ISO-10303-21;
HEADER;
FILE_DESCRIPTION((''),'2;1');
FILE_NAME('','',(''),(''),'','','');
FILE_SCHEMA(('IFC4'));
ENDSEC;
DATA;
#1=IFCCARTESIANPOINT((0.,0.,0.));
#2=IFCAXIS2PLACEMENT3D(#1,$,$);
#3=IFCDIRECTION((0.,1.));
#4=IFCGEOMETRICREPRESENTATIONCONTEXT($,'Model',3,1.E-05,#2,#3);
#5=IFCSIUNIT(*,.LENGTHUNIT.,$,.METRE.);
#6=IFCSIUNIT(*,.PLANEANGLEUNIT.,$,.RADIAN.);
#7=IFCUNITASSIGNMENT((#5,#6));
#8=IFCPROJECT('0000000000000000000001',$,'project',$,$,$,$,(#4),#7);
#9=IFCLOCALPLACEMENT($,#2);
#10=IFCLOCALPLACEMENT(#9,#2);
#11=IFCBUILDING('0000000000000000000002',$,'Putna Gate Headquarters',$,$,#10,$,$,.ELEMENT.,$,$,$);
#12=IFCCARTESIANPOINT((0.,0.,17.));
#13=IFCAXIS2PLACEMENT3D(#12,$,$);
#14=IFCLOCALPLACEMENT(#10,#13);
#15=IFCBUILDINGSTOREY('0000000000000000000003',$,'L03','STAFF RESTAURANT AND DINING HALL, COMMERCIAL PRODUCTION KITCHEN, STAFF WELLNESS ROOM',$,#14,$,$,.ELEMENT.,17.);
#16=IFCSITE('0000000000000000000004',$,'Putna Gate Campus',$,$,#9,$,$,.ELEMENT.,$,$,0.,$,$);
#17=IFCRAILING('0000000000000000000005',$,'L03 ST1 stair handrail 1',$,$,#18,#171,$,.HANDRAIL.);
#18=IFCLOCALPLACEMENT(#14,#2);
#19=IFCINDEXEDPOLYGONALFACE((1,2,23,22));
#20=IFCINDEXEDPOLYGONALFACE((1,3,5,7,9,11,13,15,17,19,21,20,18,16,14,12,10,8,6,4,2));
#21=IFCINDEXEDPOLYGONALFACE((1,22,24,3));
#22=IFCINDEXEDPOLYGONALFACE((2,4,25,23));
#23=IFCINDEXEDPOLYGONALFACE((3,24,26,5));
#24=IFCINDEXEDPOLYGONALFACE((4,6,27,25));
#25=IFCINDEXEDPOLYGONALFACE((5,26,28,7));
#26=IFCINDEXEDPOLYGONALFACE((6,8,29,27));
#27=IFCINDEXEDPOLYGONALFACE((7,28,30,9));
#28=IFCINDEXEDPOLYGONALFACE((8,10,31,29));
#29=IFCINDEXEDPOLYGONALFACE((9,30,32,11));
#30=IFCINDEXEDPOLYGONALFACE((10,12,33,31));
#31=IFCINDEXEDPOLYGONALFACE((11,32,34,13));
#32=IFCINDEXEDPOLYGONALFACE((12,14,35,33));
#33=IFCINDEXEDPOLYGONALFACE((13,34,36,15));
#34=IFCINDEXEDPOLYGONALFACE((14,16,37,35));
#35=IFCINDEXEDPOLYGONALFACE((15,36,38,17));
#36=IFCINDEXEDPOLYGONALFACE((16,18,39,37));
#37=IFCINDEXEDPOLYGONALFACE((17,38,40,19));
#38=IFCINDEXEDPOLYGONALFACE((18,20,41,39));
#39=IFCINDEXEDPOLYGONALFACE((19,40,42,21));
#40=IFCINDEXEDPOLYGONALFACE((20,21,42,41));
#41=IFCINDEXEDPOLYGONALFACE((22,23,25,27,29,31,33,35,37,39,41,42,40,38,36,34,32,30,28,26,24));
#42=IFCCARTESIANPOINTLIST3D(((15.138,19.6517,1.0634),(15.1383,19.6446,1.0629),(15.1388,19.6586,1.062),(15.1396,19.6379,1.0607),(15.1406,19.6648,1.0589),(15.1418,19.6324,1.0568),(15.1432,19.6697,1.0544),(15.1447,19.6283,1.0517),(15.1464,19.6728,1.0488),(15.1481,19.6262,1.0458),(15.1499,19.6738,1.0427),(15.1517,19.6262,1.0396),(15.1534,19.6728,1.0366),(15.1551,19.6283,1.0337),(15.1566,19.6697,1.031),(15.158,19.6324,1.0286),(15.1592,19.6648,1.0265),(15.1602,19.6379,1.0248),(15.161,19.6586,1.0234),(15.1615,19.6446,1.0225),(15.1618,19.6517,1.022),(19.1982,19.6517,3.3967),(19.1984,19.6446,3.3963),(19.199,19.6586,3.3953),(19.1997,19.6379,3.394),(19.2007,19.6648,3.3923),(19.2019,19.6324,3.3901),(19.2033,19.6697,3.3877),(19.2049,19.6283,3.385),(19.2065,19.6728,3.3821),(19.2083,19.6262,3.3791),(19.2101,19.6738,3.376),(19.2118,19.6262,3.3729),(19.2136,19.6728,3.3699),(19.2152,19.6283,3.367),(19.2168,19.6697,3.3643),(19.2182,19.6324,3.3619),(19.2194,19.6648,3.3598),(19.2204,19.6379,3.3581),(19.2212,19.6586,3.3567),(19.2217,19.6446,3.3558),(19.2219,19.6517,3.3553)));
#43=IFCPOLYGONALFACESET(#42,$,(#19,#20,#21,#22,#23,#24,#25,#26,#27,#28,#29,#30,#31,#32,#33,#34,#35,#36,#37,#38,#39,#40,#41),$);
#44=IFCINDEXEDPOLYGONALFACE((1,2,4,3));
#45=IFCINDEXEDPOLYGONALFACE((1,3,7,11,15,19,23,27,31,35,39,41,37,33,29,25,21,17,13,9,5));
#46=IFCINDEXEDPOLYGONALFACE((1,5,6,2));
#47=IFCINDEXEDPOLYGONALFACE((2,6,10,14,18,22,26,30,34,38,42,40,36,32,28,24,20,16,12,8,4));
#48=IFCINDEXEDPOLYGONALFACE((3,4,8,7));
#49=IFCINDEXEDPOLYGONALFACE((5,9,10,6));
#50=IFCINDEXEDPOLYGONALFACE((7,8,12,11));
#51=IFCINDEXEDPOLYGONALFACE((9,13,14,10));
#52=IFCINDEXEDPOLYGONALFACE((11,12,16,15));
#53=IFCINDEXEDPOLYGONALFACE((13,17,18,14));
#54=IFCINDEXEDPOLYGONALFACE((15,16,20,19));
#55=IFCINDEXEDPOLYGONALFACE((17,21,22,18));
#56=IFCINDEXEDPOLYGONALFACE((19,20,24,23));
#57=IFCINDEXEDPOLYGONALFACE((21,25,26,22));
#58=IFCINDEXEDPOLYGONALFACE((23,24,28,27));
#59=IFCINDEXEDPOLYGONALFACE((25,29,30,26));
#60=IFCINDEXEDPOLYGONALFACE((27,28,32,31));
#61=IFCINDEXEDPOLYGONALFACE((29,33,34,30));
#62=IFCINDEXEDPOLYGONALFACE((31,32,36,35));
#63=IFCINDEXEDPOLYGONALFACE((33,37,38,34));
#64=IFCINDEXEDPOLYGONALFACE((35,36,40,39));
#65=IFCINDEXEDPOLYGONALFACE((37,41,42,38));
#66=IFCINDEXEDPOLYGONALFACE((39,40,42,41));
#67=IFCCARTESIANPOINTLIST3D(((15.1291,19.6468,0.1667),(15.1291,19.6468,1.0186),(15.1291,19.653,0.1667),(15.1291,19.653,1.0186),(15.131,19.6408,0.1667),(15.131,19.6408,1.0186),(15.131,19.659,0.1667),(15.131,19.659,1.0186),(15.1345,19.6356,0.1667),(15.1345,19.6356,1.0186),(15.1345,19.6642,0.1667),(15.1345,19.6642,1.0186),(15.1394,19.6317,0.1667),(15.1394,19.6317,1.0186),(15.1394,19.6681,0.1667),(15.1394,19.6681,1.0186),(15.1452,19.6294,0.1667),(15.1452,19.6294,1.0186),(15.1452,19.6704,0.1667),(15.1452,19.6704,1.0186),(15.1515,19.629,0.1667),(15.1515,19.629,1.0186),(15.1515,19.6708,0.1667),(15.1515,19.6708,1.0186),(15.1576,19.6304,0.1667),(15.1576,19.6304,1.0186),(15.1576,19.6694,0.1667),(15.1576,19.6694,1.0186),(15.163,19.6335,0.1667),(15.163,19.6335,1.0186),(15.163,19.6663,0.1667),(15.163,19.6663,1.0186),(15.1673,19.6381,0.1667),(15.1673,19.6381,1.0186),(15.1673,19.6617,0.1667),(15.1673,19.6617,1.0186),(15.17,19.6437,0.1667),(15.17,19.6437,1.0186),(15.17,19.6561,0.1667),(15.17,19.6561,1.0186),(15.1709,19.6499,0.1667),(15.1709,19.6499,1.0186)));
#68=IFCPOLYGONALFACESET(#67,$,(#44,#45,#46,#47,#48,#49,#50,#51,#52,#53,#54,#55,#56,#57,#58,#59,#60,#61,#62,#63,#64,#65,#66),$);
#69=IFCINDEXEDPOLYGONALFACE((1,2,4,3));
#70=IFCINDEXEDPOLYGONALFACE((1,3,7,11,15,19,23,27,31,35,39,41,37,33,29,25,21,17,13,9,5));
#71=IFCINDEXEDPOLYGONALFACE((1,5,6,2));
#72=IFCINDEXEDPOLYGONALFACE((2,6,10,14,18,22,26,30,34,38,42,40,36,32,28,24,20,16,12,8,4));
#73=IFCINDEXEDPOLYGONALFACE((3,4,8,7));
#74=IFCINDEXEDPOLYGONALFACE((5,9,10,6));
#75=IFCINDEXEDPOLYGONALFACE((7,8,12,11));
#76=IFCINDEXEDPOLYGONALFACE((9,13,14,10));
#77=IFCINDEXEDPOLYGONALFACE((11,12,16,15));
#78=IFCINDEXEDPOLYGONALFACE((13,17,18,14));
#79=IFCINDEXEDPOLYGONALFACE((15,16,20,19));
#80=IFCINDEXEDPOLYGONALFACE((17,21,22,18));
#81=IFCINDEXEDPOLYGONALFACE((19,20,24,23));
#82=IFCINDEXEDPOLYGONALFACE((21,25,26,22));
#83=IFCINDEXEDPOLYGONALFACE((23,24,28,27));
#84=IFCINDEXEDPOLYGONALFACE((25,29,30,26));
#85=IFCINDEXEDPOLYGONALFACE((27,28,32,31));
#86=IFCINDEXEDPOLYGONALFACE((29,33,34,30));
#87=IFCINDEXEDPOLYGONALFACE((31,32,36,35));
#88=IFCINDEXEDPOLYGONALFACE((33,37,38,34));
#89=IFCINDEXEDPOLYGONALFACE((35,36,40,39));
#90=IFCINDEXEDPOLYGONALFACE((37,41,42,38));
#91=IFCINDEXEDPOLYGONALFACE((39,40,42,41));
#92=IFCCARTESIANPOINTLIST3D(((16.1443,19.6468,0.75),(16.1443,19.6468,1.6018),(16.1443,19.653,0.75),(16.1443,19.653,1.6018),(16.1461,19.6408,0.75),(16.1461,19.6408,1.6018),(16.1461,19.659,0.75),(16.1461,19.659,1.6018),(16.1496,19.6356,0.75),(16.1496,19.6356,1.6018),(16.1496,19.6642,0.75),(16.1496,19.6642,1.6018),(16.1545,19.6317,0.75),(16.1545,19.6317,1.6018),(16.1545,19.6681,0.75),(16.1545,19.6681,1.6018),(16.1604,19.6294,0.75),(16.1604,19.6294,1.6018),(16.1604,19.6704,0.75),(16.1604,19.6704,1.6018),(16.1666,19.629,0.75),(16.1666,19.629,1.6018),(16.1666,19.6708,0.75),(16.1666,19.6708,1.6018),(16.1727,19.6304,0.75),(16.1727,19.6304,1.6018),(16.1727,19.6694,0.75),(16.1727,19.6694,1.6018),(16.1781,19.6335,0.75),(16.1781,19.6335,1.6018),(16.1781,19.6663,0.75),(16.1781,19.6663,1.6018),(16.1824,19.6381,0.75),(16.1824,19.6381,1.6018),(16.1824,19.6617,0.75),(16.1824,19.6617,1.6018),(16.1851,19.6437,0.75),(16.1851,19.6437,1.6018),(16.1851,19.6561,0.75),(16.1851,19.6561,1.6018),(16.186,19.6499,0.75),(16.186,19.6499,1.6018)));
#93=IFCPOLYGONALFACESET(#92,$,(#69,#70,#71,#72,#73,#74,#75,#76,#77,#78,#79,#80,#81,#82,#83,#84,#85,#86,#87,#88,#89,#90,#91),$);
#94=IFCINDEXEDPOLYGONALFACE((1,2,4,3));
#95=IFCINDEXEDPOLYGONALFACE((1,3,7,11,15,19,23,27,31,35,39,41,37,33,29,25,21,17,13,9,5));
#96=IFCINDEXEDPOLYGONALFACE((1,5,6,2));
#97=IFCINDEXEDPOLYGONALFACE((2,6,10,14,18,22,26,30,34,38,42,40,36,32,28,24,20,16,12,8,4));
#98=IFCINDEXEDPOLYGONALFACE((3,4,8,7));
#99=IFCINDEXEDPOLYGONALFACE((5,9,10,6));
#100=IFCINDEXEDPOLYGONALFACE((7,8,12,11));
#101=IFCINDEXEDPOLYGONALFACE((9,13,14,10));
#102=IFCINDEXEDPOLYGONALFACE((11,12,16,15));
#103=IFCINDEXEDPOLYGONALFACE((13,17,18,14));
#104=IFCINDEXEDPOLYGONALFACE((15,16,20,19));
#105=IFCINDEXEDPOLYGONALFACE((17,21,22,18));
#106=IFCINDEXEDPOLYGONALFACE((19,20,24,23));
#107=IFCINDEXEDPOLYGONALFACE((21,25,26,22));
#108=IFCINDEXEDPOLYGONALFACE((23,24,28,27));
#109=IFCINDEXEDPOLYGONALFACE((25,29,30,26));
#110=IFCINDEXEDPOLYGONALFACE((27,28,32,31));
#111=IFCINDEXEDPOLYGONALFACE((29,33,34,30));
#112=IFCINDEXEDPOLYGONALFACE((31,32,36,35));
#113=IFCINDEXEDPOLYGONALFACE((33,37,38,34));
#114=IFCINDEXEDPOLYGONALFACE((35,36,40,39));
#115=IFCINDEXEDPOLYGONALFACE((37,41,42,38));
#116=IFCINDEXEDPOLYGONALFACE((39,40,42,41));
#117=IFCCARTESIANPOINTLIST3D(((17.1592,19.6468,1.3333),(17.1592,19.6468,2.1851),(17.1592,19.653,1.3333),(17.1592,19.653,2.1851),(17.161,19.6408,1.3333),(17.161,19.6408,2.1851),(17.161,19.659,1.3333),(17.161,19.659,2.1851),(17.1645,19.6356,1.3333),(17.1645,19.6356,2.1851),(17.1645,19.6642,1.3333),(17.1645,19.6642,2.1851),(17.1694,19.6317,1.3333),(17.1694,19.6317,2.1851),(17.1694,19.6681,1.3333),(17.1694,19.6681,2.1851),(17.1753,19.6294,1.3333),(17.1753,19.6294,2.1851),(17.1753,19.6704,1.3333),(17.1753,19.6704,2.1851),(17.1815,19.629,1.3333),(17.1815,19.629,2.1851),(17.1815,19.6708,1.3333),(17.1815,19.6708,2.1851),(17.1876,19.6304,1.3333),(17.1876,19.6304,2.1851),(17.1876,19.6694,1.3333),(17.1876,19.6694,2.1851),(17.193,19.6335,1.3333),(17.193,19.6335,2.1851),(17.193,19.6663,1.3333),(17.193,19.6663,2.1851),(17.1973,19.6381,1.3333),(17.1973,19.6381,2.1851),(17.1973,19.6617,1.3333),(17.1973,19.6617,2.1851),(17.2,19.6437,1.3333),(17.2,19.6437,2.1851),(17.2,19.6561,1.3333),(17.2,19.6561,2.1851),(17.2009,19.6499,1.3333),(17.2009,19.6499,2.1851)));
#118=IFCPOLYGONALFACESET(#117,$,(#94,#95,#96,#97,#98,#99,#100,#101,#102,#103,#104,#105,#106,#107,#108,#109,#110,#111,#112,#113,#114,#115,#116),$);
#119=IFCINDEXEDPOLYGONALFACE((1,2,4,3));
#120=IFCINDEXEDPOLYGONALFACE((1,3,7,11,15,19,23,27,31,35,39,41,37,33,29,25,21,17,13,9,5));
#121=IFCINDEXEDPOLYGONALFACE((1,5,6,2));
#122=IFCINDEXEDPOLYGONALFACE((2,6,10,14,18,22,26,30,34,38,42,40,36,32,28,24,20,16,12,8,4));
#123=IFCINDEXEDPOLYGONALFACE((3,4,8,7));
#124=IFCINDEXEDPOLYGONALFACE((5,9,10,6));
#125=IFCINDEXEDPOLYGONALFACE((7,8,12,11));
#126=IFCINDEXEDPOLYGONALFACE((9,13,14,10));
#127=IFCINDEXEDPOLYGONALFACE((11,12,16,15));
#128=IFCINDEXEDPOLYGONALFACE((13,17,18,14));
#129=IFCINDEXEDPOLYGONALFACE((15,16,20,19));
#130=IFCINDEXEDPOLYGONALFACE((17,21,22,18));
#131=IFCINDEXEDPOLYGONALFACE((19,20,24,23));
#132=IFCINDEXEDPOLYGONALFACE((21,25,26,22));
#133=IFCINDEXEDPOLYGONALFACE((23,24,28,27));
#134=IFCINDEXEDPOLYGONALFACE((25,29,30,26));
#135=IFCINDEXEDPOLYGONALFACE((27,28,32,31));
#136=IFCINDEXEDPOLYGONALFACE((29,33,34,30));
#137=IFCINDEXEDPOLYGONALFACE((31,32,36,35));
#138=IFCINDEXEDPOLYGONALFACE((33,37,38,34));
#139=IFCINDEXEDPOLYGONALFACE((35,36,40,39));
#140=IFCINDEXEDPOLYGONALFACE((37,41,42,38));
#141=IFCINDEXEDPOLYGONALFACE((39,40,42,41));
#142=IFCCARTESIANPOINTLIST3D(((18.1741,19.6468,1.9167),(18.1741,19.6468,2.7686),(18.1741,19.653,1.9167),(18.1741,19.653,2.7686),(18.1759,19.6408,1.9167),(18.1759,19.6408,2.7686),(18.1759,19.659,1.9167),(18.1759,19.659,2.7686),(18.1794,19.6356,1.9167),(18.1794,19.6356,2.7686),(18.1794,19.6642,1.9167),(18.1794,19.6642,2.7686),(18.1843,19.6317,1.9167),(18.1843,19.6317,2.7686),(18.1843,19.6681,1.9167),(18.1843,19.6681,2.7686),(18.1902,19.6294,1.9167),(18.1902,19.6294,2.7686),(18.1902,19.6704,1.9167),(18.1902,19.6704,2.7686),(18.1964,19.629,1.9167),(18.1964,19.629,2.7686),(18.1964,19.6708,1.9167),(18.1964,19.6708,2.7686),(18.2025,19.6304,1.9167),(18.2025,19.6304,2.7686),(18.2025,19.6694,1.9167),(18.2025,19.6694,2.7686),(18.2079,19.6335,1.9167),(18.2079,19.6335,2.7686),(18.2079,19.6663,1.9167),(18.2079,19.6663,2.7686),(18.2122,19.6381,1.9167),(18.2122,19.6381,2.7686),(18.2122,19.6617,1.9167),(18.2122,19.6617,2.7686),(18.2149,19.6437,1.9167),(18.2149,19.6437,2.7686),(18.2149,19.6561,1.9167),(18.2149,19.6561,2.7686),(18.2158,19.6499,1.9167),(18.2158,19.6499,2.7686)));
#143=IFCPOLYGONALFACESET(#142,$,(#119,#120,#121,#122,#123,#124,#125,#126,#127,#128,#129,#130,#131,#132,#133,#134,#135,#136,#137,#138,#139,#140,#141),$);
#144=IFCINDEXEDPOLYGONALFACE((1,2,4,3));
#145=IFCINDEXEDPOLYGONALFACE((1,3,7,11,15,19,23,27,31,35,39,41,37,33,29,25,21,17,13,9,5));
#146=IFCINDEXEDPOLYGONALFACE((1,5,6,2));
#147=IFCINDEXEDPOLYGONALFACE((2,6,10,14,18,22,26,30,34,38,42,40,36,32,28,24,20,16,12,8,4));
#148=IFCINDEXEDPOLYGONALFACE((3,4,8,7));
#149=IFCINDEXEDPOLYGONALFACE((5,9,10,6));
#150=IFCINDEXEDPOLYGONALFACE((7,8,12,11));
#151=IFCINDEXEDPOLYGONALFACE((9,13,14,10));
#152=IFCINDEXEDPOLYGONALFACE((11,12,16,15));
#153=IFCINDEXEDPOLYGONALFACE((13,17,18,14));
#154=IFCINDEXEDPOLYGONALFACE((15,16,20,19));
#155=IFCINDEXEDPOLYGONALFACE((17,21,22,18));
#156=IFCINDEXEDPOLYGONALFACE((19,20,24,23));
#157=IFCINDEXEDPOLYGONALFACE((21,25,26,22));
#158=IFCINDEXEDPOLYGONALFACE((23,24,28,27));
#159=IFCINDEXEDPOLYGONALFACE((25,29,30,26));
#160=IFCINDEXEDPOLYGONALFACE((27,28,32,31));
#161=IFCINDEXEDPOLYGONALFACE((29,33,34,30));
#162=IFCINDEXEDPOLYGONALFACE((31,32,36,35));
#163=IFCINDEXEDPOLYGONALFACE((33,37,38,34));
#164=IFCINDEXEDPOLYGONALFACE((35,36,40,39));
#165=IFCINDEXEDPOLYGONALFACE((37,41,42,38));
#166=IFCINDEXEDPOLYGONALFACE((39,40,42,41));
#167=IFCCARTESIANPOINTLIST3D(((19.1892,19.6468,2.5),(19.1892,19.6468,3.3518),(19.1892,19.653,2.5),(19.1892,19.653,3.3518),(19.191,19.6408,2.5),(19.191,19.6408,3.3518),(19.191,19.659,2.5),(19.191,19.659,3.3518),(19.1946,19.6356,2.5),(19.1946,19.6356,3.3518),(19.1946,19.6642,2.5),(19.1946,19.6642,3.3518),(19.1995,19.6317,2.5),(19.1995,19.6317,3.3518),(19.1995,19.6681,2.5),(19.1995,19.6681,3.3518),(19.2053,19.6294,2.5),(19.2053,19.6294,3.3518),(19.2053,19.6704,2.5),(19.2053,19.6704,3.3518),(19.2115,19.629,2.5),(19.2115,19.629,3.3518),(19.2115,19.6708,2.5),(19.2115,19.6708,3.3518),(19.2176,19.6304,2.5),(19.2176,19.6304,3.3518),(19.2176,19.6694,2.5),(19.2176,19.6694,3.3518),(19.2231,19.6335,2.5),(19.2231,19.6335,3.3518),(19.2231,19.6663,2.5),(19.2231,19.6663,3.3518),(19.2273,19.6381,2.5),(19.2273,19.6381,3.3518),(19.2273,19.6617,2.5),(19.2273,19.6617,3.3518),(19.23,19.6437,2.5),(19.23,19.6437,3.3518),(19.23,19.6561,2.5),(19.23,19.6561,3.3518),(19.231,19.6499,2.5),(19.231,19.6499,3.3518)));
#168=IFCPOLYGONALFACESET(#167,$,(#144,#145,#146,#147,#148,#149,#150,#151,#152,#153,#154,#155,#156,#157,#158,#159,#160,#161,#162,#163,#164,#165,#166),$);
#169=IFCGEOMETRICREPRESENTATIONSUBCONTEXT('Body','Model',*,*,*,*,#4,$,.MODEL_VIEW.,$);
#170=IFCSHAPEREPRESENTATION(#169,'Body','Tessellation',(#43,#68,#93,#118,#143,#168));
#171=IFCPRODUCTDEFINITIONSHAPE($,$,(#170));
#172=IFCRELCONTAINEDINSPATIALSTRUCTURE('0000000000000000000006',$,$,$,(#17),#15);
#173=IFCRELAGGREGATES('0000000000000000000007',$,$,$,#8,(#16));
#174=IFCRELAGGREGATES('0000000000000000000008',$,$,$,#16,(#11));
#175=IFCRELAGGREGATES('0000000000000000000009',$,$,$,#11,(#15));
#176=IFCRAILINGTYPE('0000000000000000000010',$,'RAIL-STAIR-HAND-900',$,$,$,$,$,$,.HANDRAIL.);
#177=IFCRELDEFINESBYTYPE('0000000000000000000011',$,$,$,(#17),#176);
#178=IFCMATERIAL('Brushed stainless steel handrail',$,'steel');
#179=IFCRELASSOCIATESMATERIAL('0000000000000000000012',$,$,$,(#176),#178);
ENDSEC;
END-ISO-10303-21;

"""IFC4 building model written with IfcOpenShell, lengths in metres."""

from ifc_helpers import new_model, si_unit, direction, frame, origin, origin_2d, place, context, subcontext, project, spatial, circle, extrude, material, type_object, element, save


model = new_model("IFC4")

# Units and contexts
model_context = context("Model", 3, precision=1e-05, world=origin(), true_north=direction((0.0, 1.0)))
body_context = subcontext(model_context, "Body", "Model", "MODEL_VIEW")
ifc_project = project(units=[si_unit("LENGTHUNIT", "METRE"), si_unit("PLANEANGLEUNIT", "RADIAN")], contexts=[model_context])

# Site, building, storey
site_placement = place(None, origin())
site = spatial("IfcSite", under=ifc_project, at=site_placement, Name="Putna Gate Campus", CompositionType="ELEMENT", RefElevation=0.0)
building_placement = place(site_placement, origin())
building = spatial("IfcBuilding", under=site, at=building_placement, Name="Putna Gate Headquarters", CompositionType="ELEMENT")
storey_placement = place(building_placement, frame((0.0, 0.0, 17.0)))
storey = spatial("IfcBuildingStorey", under=building, at=storey_placement, Name="L03", Description="STAFF RESTAURANT AND DINING HALL, COMMERCIAL PRODUCTION KITCHEN, STAFF WELLNESS ROOM", CompositionType="ELEMENT", Elevation=17.0)

# Railing
ifc_material_1 = material(Name="Brushed stainless steel handrail", Category="steel")
railing_type = type_object("IfcRailingType", Name="RAIL-STAIR-HAND-900", PredefinedType="HANDRAIL", material=ifc_material_1)
railing_placement = place(storey_placement, frame((15.1499, 19.6499, 0.1667)))
element("IfcRailing", 1, at=railing_placement, inside=storey, type_object=railing_type, Name="L03 ST1 stair handrail 1", PredefinedType="HANDRAIL", context=body_context, shape_type="SweptSolid", body=[
    extrude(circle(Radius=0.0239, at=origin_2d()), frame((0.0, 0.0, 0.876), z_axis=(0.867025, 0.0, 0.498265), x_axis=(0.0, 1.0, 0.0)), (0.0, 0.0, 1.0), 4.6829),
    extrude(circle(Radius=0.021, at=origin_2d()), origin(), (0.0, 0.0, 1.0), 0.8518),
    extrude(circle(Radius=0.021, at=origin_2d()), frame((1.0151, 0.0, 0.5833)), (0.0, 0.0, 1.0), 0.8518),
    extrude(circle(Radius=0.021, at=origin_2d()), frame((2.03, 0.0, 1.1665)), (0.0, 0.0, 1.0), 0.8518),
    extrude(circle(Radius=0.021, at=origin_2d()), frame((3.0449, 0.0, 1.75)), (0.0, 0.0, 1.0), 0.8518),
    extrude(circle(Radius=0.021, at=origin_2d()), frame((4.0601, 0.0, 2.3333)), (0.0, 0.0, 1.0), 0.8518),
])

save(model, "model.ifc")
